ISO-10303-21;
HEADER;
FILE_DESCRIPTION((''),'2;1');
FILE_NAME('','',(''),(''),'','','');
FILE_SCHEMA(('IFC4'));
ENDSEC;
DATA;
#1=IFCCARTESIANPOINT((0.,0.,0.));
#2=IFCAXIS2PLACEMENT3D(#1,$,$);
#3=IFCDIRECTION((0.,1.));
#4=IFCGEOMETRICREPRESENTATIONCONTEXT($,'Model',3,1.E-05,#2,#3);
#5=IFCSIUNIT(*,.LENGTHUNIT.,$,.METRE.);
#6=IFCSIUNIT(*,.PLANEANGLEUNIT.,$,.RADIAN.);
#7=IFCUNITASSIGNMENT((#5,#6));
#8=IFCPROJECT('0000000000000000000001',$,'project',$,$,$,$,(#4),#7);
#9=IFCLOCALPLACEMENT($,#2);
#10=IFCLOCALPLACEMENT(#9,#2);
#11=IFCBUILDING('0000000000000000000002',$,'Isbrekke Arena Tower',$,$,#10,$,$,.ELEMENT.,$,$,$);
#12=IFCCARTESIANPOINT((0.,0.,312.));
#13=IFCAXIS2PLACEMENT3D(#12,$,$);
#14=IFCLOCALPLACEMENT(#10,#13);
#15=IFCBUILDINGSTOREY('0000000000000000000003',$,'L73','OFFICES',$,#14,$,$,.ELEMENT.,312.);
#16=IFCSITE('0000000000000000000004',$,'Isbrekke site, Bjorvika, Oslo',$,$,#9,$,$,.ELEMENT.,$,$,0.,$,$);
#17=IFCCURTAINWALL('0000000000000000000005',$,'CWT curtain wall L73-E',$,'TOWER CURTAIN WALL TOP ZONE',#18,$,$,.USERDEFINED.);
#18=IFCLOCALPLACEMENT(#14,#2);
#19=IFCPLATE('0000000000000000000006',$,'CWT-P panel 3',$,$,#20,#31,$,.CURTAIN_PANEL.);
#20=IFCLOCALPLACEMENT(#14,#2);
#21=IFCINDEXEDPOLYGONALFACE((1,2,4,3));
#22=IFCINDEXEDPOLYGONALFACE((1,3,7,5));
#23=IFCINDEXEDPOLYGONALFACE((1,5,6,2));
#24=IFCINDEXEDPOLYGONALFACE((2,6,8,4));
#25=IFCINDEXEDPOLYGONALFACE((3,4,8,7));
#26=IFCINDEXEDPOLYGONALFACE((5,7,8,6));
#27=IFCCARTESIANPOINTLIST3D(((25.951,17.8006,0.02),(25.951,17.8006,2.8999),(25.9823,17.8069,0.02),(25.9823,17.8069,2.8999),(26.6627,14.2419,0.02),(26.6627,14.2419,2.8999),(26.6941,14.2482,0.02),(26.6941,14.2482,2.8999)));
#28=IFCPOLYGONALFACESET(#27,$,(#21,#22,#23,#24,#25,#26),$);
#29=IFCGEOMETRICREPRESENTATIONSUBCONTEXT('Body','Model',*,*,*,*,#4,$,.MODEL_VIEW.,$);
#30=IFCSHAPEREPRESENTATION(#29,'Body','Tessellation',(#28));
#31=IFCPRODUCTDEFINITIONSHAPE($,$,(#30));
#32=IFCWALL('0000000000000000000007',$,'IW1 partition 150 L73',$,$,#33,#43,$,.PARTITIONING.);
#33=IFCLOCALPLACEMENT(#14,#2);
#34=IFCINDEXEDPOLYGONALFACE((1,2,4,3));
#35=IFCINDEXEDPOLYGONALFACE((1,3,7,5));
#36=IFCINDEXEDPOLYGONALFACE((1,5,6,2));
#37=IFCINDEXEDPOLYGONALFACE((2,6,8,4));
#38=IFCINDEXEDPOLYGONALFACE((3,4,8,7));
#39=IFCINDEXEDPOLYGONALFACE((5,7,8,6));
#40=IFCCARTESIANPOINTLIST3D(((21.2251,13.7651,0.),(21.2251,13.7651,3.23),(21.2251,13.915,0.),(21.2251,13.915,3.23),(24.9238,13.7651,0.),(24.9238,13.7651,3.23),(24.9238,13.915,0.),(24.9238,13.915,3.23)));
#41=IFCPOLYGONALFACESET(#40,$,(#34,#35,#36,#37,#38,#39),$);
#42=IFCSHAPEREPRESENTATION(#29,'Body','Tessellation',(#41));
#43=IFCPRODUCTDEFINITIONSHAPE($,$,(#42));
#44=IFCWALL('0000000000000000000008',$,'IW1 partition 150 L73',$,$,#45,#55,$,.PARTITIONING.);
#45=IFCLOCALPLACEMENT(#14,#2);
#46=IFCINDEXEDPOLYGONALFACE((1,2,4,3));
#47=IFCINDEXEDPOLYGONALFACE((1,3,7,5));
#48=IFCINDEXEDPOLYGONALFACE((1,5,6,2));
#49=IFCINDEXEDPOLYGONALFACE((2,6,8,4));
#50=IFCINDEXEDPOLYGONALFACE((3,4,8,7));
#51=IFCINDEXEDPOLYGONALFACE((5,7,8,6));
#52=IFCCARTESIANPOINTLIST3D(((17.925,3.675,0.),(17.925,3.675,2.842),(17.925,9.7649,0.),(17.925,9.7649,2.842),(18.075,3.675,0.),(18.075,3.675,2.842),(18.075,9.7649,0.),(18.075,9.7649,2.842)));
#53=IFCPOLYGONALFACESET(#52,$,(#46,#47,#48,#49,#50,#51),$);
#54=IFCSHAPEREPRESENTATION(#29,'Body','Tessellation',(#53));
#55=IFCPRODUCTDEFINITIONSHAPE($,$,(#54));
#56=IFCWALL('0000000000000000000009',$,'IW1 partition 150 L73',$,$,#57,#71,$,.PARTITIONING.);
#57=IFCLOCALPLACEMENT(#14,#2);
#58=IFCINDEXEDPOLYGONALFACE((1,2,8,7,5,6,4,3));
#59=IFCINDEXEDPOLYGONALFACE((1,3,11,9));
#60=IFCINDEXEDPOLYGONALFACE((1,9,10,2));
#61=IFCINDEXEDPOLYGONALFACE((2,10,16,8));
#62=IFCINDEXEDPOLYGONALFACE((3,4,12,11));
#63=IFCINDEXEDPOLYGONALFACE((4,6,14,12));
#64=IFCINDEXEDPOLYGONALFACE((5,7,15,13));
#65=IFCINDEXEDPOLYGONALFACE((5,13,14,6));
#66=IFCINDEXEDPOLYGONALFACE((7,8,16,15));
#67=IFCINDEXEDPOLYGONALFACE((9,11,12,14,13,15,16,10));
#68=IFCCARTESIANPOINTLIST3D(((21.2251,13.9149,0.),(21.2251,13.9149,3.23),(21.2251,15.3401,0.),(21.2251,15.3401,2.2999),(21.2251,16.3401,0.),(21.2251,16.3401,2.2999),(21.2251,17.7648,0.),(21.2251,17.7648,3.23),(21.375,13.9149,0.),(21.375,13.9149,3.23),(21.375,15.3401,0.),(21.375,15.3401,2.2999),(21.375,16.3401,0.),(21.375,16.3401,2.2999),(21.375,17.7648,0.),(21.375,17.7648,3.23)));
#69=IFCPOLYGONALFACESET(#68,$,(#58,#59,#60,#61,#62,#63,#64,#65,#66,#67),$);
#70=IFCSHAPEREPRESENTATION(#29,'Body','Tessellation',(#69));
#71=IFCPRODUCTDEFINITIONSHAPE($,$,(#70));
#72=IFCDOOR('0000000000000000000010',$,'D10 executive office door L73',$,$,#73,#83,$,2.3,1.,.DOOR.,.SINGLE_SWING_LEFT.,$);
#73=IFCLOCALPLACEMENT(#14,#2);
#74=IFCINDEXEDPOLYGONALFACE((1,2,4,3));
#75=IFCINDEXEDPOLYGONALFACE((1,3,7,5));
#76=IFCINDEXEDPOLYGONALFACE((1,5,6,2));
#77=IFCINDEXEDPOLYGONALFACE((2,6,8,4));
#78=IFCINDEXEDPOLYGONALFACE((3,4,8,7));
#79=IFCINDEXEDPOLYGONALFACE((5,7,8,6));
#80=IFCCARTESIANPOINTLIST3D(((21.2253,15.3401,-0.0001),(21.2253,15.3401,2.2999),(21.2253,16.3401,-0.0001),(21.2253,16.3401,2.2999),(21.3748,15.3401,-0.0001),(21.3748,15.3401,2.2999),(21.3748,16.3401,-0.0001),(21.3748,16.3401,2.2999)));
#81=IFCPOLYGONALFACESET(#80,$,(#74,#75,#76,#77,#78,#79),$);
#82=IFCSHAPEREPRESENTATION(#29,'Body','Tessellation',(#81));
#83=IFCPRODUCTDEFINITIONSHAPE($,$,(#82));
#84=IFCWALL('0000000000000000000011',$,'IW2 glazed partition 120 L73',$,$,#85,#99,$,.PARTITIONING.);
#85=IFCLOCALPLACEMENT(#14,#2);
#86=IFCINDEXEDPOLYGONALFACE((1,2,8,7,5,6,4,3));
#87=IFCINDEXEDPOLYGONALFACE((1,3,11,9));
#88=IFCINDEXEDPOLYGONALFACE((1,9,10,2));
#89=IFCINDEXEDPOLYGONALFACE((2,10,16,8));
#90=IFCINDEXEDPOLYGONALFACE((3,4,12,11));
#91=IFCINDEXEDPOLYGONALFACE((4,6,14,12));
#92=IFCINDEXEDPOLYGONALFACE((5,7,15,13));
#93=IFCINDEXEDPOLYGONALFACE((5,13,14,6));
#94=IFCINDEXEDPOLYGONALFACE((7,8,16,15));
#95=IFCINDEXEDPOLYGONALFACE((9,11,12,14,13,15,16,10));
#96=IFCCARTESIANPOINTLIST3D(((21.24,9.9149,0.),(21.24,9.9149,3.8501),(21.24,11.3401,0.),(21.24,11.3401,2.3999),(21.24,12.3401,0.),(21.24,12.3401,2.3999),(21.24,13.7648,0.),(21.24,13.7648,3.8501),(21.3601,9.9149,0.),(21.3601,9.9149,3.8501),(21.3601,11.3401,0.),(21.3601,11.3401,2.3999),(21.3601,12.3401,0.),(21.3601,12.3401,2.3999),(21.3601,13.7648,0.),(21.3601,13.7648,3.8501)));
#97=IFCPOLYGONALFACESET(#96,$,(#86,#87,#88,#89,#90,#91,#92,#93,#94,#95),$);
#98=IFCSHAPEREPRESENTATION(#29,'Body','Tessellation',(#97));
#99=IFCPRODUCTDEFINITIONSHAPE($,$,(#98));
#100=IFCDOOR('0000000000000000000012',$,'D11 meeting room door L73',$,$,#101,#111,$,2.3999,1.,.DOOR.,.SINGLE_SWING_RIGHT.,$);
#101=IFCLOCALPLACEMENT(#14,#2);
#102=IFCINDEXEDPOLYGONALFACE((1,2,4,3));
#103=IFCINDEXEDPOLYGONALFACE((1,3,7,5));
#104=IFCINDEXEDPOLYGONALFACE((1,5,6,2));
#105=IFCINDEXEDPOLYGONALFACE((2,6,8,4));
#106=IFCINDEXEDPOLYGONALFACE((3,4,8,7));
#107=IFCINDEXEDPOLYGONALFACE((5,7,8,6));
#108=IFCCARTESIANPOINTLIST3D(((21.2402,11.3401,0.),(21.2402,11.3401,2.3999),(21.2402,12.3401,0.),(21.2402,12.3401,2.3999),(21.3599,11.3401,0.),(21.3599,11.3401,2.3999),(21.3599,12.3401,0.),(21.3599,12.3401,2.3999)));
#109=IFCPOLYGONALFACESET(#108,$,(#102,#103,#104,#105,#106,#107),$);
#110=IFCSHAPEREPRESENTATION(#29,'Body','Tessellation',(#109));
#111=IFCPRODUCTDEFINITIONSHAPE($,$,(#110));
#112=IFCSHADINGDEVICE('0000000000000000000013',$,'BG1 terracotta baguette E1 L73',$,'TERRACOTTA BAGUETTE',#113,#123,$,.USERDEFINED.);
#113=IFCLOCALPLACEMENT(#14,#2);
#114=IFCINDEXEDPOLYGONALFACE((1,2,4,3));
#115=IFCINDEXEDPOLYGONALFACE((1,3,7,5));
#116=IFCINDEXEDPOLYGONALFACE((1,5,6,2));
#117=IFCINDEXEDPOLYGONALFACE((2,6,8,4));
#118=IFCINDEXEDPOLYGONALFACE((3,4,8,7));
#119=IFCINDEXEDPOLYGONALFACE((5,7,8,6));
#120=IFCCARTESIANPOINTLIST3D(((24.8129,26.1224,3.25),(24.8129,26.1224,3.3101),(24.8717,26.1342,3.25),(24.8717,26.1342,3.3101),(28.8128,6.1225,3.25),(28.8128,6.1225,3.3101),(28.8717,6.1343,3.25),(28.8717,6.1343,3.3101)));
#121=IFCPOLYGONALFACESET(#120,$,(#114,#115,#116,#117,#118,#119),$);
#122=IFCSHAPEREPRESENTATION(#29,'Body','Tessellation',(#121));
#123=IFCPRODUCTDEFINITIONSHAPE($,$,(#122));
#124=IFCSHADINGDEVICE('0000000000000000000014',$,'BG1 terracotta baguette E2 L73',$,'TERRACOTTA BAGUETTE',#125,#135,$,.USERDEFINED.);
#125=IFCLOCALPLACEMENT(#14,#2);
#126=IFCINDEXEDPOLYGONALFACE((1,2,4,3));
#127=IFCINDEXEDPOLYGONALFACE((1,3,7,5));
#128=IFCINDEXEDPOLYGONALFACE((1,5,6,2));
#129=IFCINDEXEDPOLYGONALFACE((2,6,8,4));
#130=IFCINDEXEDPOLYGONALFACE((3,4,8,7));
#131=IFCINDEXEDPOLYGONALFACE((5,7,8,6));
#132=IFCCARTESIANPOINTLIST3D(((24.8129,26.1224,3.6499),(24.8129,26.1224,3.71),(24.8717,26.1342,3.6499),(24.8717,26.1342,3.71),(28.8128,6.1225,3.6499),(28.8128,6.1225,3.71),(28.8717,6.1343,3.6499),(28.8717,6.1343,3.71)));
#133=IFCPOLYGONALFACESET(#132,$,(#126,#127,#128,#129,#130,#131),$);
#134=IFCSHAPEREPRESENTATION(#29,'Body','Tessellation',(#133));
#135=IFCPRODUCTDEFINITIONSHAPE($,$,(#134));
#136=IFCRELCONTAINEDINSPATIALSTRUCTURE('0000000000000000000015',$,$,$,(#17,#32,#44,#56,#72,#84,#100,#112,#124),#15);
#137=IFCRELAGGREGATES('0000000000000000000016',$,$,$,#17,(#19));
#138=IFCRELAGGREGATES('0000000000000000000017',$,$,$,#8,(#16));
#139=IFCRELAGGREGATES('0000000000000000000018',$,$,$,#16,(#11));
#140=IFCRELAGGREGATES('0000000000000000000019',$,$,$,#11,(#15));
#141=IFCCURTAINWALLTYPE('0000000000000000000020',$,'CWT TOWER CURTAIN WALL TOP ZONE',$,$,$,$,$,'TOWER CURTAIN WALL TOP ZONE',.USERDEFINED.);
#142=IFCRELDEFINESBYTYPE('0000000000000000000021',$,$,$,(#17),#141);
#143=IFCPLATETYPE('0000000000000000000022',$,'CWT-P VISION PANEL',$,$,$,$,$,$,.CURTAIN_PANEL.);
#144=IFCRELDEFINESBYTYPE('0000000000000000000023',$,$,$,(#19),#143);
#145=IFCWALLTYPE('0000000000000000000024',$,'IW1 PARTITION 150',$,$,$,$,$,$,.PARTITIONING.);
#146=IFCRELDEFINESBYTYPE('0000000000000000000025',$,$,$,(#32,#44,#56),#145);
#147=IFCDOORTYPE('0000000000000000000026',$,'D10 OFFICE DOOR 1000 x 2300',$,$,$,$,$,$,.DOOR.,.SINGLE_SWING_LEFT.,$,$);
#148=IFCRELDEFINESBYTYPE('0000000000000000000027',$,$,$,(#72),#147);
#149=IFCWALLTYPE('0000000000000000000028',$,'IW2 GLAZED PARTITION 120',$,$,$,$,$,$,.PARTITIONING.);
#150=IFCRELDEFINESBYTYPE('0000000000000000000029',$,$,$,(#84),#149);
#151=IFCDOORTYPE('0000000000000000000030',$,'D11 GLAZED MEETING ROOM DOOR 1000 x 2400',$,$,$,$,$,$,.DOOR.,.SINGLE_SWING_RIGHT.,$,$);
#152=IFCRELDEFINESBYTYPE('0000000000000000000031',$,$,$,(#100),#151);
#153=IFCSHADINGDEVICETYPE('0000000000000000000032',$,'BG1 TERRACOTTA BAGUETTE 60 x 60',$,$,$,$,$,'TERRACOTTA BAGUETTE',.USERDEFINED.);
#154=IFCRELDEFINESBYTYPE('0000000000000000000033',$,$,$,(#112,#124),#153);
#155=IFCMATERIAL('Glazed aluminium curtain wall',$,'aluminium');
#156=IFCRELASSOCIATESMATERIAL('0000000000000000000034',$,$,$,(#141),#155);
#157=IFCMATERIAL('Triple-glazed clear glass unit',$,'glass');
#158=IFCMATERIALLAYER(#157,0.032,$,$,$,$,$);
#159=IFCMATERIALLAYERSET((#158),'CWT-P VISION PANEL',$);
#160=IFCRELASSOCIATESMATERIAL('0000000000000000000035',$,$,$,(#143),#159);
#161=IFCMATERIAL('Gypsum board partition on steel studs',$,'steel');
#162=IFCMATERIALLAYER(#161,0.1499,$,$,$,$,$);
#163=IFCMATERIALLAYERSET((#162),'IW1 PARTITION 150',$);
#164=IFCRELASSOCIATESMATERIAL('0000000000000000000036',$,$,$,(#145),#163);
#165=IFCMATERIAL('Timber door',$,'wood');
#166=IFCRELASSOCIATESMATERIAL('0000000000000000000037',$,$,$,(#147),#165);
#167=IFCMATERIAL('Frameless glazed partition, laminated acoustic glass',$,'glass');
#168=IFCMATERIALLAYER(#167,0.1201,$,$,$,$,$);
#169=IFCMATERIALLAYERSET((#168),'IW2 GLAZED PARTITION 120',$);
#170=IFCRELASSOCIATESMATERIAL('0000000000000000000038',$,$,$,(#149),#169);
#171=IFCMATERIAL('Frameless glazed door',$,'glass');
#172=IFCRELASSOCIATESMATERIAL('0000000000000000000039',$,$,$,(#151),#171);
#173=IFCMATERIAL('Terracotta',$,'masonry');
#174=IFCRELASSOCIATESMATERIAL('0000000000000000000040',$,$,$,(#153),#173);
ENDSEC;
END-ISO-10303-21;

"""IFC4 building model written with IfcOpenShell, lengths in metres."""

from ifc_helpers import new_model, si_unit, direction, frame, frame_2d, origin, origin_2d, place, context, subcontext, project, spatial, rectangle, extrude, material, layer, layer_set, material_profile, profile_set, type_object, element, fill, aggregate, save


model = new_model("IFC4")

# Units and contexts
model_context = context("Model", 3, precision=1e-05, world=origin(), true_north=direction((0.0, 1.0)))
body_context = subcontext(model_context, "Body", "Model", "MODEL_VIEW")
ifc_project = project(units=[si_unit("LENGTHUNIT", "METRE"), si_unit("PLANEANGLEUNIT", "RADIAN")], contexts=[model_context])

# Site, building, storey
site_placement = place(None, origin())
site = spatial("IfcSite", under=ifc_project, at=site_placement, Name="Isbrekke site, Bjorvika, Oslo", CompositionType="ELEMENT", RefElevation=0.0)
building_placement = place(site_placement, origin())
building = spatial("IfcBuilding", under=site, at=building_placement, Name="Isbrekke Arena Tower", CompositionType="ELEMENT")
storey_placement = place(building_placement, frame((0.0, 0.0, 312.0)))
storey = spatial("IfcBuildingStorey", under=building, at=storey_placement, Name="L73", Description="OFFICES", CompositionType="ELEMENT", Elevation=312.0)

# Curtain wall
ifc_material_1 = material(Name="Glazed aluminium curtain wall", Category="aluminium")
curtain_wall_type = type_object("IfcCurtainWallType", Name="CWT TOWER CURTAIN WALL TOP ZONE", ElementType="TOWER CURTAIN WALL TOP ZONE", PredefinedType="USERDEFINED", material=ifc_material_1)
curtain_wall_1_placement = place(storey_placement, origin())
curtain_wall_1 = element("IfcCurtainWall", 1, at=curtain_wall_1_placement, inside=storey, type_object=curtain_wall_type, Name="CWT curtain wall L73-E", ObjectType="TOWER CURTAIN WALL TOP ZONE", PredefinedType="USERDEFINED")

# Plate
ifc_material_2 = material(Name="Triple-glazed clear glass unit", Category="glass")
ifc_layer_1 = layer(ifc_material_2, 0.032)
ifc_layer_set_1 = layer_set([ifc_layer_1], Name="CWT-P VISION PANEL")
plate_type = type_object("IfcPlateType", Name="CWT-P VISION PANEL", PredefinedType="CURTAIN_PANEL", material=ifc_layer_set_1)
plate_1_placement = place(storey_placement, frame((26.3225, 16.0244, 0.02), z_axis=(0.0, 0.0, 1.0), x_axis=(-0.196116, 0.980581, 0.0)))
plate_1 = element("IfcPlate", 2, at=plate_1_placement, type_object=plate_type, Name="CWT-P panel 3", PredefinedType="CURTAIN_PANEL", context=body_context, shape_type="SweptSolid", body=[
    extrude(rectangle(XDim=3.6292, YDim=0.032, at=origin_2d()), origin(), (0.0, 0.0, 1.0), 2.8799),
])
aggregate(curtain_wall_1, [plate_1])

# Walls
ifc_material_3 = material(Name="Gypsum board partition on steel studs", Category="steel")
ifc_layer_2 = layer(ifc_material_3, 0.1499)
ifc_layer_set_2 = layer_set([ifc_layer_2], Name="IW1 PARTITION 150")
wall_type_1 = type_object("IfcWallType", Name="IW1 PARTITION 150", PredefinedType="PARTITIONING", material=ifc_layer_set_2)
wall_1_placement = place(storey_placement, frame((21.2251, 13.8401, 0.0), z_axis=(0.0, 0.0, 1.0), x_axis=(1.0, 0.0, 0.0)))
element("IfcWall", 3, at=wall_1_placement, inside=storey, type_object=wall_type_1, Name="IW1 partition 150 L73", PredefinedType="PARTITIONING", context=body_context, shape_type="SweptSolid", body=[
    extrude(rectangle(XDim=3.6987, YDim=0.1499, at=frame_2d((1.8494, 0.0))), origin(), (0.0, 0.0, 1.0), 3.23),
])
wall_2_placement = place(storey_placement, frame((18.0, 3.675, 0.0), z_axis=(0.0, 0.0, 1.0), x_axis=(0.0, 1.0, 0.0)))
element("IfcWall", 4, at=wall_2_placement, inside=storey, type_object=wall_type_1, Name="IW1 partition 150 L73", PredefinedType="PARTITIONING", context=body_context, shape_type="SweptSolid", body=[
    extrude(rectangle(XDim=6.0898, YDim=0.1499, at=frame_2d((3.0449, 0.0))), origin(), (0.0, 0.0, 1.0), 2.842),
])

# Walls, openings, doors
wall_3_placement = place(storey_placement, frame((21.3, 13.915, 0.0), z_axis=(0.0, 0.0, 1.0), x_axis=(0.0, 1.0, 0.0)))
wall_3 = element("IfcWall", 5, at=wall_3_placement, inside=storey, type_object=wall_type_1, Name="IW1 partition 150 L73", PredefinedType="PARTITIONING", context=body_context, shape_type="SweptSolid", body=[
    extrude(rectangle(XDim=3.8499, YDim=0.1499, at=frame_2d((1.9248, 0.0))), origin(), (0.0, 0.0, 1.0), 3.23),
])
opening_1_placement = place(wall_3_placement, frame((1.425, 0.0, 0.0)))
opening_1 = element("IfcOpeningElement", 6, at=opening_1_placement, cuts=wall_3, PredefinedType="OPENING", context=body_context, shape_type="SweptSolid", body=[
    extrude(rectangle(XDim=1.0, YDim=2.3, at=frame_2d((0.5, 1.1499))), frame((0.0, 0.0898, 0.0), z_axis=(0.0, -1.0, 0.0), x_axis=(1.0, 0.0, 0.0)), (0.0, 0.0, 1.0), 0.1797),
])
ifc_material_4 = material(Name="Timber door", Category="wood")
door_type_1 = type_object("IfcDoorType", Name="D10 OFFICE DOOR 1000 x 2300", OperationType="SINGLE_SWING_LEFT", PredefinedType="DOOR", material=ifc_material_4)
door_1_placement = place(opening_1_placement, origin())
door_1 = element("IfcDoor", 7, at=door_1_placement, inside=storey, type_object=door_type_1, Name="D10 executive office door L73", OperationType="SINGLE_SWING_LEFT", OverallHeight=2.3, OverallWidth=1.0, PredefinedType="DOOR", context=body_context, shape_type="SweptSolid", body=[
    extrude(rectangle(XDim=1.0, YDim=2.3, at=frame_2d((0.5, 1.1499))), frame((0.0, 0.0747, 0.0), z_axis=(0.0, -1.0, 0.0), x_axis=(1.0, 0.0, 0.0)), (0.0, 0.0, 1.0), 0.1494),
])
fill(opening_1, door_1)
ifc_material_5 = material(Name="Frameless glazed partition, laminated acoustic glass", Category="glass")
ifc_layer_3 = layer(ifc_material_5, 0.1201)
ifc_layer_set_3 = layer_set([ifc_layer_3], Name="IW2 GLAZED PARTITION 120")
wall_type_2 = type_object("IfcWallType", Name="IW2 GLAZED PARTITION 120", PredefinedType="PARTITIONING", material=ifc_layer_set_3)
wall_4_placement = place(storey_placement, frame((21.3, 9.915, 0.0), z_axis=(0.0, 0.0, 1.0), x_axis=(0.0, 1.0, 0.0)))
wall_4 = element("IfcWall", 8, at=wall_4_placement, inside=storey, type_object=wall_type_2, Name="IW2 glazed partition 120 L73", PredefinedType="PARTITIONING", context=body_context, shape_type="SweptSolid", body=[
    extrude(rectangle(XDim=3.8499, YDim=0.1201, at=frame_2d((1.9248, 0.0))), origin(), (0.0, 0.0, 1.0), 3.8501),
])
opening_2_placement = place(wall_4_placement, frame((1.425, 0.0, 0.0)))
opening_2 = element("IfcOpeningElement", 9, at=opening_2_placement, cuts=wall_4, PredefinedType="OPENING", context=body_context, shape_type="SweptSolid", body=[
    extrude(rectangle(XDim=1.0, YDim=2.3999, at=frame_2d((0.5, 1.2))), frame((0.0, 0.075, 0.0), z_axis=(0.0, -1.0, 0.0), x_axis=(1.0, 0.0, 0.0)), (0.0, 0.0, 1.0), 0.1499),
])
ifc_material_6 = material(Name="Frameless glazed door", Category="glass")
door_type_2 = type_object("IfcDoorType", Name="D11 GLAZED MEETING ROOM DOOR 1000 x 2400", OperationType="SINGLE_SWING_RIGHT", PredefinedType="DOOR", material=ifc_material_6)
door_2_placement = place(opening_2_placement, origin())
door_2 = element("IfcDoor", 10, at=door_2_placement, inside=storey, type_object=door_type_2, Name="D11 meeting room door L73", OperationType="SINGLE_SWING_RIGHT", OverallHeight=2.3999, OverallWidth=1.0, PredefinedType="DOOR", context=body_context, shape_type="SweptSolid", body=[
    extrude(rectangle(XDim=1.0, YDim=2.3999, at=frame_2d((0.5, 1.2))), frame((0.0, 0.0598, 0.0), z_axis=(0.0, -1.0, 0.0), x_axis=(1.0, 0.0, 0.0)), (0.0, 0.0, 1.0), 0.1196),
])
fill(opening_2, door_2)

# Shading devices
ifc_material_7 = material(Name="Terracotta", Category="masonry")
ifc_material_profile_1 = material_profile(ifc_material_7, rectangle(XDim=0.0601, YDim=0.0601, at=origin_2d()), Name="BAGUETTE 60X60")
ifc_profile_set_1 = profile_set([ifc_material_profile_1], Name="Terracotta")
shading_device_type = type_object("IfcShadingDeviceType", Name="BG1 TERRACOTTA BAGUETTE 60 x 60", ElementType="TERRACOTTA BAGUETTE", PredefinedType="USERDEFINED", material=ifc_profile_set_1)
for number, where, z_axis, x_axis, name in (
    (11, (28.8423, 6.1284, 3.28), (-0.196116, 0.980581, 0.0), (-0.980581, -0.196116, 0.0), "BG1 terracotta baguette E1 L73"),
    (12, (28.8423, 6.1284, 3.6799), (-0.196116, 0.980581, 0.0), (-0.980581, -0.196116, 0.0), "BG1 terracotta baguette E2 L73"),
):
    element("IfcShadingDevice", number, at=place(storey_placement, frame(where, z_axis=z_axis, x_axis=x_axis)), inside=storey, type_object=shading_device_type, Name=name, ObjectType="TERRACOTTA BAGUETTE", PredefinedType="USERDEFINED", context=body_context, shape_type="SweptSolid", body=[
        extrude(rectangle(XDim=0.0601, YDim=0.0601, at=origin_2d()), origin(), (0.0, 0.0, 1.0), 20.396),
    ])

save(model, "model.ifc")
